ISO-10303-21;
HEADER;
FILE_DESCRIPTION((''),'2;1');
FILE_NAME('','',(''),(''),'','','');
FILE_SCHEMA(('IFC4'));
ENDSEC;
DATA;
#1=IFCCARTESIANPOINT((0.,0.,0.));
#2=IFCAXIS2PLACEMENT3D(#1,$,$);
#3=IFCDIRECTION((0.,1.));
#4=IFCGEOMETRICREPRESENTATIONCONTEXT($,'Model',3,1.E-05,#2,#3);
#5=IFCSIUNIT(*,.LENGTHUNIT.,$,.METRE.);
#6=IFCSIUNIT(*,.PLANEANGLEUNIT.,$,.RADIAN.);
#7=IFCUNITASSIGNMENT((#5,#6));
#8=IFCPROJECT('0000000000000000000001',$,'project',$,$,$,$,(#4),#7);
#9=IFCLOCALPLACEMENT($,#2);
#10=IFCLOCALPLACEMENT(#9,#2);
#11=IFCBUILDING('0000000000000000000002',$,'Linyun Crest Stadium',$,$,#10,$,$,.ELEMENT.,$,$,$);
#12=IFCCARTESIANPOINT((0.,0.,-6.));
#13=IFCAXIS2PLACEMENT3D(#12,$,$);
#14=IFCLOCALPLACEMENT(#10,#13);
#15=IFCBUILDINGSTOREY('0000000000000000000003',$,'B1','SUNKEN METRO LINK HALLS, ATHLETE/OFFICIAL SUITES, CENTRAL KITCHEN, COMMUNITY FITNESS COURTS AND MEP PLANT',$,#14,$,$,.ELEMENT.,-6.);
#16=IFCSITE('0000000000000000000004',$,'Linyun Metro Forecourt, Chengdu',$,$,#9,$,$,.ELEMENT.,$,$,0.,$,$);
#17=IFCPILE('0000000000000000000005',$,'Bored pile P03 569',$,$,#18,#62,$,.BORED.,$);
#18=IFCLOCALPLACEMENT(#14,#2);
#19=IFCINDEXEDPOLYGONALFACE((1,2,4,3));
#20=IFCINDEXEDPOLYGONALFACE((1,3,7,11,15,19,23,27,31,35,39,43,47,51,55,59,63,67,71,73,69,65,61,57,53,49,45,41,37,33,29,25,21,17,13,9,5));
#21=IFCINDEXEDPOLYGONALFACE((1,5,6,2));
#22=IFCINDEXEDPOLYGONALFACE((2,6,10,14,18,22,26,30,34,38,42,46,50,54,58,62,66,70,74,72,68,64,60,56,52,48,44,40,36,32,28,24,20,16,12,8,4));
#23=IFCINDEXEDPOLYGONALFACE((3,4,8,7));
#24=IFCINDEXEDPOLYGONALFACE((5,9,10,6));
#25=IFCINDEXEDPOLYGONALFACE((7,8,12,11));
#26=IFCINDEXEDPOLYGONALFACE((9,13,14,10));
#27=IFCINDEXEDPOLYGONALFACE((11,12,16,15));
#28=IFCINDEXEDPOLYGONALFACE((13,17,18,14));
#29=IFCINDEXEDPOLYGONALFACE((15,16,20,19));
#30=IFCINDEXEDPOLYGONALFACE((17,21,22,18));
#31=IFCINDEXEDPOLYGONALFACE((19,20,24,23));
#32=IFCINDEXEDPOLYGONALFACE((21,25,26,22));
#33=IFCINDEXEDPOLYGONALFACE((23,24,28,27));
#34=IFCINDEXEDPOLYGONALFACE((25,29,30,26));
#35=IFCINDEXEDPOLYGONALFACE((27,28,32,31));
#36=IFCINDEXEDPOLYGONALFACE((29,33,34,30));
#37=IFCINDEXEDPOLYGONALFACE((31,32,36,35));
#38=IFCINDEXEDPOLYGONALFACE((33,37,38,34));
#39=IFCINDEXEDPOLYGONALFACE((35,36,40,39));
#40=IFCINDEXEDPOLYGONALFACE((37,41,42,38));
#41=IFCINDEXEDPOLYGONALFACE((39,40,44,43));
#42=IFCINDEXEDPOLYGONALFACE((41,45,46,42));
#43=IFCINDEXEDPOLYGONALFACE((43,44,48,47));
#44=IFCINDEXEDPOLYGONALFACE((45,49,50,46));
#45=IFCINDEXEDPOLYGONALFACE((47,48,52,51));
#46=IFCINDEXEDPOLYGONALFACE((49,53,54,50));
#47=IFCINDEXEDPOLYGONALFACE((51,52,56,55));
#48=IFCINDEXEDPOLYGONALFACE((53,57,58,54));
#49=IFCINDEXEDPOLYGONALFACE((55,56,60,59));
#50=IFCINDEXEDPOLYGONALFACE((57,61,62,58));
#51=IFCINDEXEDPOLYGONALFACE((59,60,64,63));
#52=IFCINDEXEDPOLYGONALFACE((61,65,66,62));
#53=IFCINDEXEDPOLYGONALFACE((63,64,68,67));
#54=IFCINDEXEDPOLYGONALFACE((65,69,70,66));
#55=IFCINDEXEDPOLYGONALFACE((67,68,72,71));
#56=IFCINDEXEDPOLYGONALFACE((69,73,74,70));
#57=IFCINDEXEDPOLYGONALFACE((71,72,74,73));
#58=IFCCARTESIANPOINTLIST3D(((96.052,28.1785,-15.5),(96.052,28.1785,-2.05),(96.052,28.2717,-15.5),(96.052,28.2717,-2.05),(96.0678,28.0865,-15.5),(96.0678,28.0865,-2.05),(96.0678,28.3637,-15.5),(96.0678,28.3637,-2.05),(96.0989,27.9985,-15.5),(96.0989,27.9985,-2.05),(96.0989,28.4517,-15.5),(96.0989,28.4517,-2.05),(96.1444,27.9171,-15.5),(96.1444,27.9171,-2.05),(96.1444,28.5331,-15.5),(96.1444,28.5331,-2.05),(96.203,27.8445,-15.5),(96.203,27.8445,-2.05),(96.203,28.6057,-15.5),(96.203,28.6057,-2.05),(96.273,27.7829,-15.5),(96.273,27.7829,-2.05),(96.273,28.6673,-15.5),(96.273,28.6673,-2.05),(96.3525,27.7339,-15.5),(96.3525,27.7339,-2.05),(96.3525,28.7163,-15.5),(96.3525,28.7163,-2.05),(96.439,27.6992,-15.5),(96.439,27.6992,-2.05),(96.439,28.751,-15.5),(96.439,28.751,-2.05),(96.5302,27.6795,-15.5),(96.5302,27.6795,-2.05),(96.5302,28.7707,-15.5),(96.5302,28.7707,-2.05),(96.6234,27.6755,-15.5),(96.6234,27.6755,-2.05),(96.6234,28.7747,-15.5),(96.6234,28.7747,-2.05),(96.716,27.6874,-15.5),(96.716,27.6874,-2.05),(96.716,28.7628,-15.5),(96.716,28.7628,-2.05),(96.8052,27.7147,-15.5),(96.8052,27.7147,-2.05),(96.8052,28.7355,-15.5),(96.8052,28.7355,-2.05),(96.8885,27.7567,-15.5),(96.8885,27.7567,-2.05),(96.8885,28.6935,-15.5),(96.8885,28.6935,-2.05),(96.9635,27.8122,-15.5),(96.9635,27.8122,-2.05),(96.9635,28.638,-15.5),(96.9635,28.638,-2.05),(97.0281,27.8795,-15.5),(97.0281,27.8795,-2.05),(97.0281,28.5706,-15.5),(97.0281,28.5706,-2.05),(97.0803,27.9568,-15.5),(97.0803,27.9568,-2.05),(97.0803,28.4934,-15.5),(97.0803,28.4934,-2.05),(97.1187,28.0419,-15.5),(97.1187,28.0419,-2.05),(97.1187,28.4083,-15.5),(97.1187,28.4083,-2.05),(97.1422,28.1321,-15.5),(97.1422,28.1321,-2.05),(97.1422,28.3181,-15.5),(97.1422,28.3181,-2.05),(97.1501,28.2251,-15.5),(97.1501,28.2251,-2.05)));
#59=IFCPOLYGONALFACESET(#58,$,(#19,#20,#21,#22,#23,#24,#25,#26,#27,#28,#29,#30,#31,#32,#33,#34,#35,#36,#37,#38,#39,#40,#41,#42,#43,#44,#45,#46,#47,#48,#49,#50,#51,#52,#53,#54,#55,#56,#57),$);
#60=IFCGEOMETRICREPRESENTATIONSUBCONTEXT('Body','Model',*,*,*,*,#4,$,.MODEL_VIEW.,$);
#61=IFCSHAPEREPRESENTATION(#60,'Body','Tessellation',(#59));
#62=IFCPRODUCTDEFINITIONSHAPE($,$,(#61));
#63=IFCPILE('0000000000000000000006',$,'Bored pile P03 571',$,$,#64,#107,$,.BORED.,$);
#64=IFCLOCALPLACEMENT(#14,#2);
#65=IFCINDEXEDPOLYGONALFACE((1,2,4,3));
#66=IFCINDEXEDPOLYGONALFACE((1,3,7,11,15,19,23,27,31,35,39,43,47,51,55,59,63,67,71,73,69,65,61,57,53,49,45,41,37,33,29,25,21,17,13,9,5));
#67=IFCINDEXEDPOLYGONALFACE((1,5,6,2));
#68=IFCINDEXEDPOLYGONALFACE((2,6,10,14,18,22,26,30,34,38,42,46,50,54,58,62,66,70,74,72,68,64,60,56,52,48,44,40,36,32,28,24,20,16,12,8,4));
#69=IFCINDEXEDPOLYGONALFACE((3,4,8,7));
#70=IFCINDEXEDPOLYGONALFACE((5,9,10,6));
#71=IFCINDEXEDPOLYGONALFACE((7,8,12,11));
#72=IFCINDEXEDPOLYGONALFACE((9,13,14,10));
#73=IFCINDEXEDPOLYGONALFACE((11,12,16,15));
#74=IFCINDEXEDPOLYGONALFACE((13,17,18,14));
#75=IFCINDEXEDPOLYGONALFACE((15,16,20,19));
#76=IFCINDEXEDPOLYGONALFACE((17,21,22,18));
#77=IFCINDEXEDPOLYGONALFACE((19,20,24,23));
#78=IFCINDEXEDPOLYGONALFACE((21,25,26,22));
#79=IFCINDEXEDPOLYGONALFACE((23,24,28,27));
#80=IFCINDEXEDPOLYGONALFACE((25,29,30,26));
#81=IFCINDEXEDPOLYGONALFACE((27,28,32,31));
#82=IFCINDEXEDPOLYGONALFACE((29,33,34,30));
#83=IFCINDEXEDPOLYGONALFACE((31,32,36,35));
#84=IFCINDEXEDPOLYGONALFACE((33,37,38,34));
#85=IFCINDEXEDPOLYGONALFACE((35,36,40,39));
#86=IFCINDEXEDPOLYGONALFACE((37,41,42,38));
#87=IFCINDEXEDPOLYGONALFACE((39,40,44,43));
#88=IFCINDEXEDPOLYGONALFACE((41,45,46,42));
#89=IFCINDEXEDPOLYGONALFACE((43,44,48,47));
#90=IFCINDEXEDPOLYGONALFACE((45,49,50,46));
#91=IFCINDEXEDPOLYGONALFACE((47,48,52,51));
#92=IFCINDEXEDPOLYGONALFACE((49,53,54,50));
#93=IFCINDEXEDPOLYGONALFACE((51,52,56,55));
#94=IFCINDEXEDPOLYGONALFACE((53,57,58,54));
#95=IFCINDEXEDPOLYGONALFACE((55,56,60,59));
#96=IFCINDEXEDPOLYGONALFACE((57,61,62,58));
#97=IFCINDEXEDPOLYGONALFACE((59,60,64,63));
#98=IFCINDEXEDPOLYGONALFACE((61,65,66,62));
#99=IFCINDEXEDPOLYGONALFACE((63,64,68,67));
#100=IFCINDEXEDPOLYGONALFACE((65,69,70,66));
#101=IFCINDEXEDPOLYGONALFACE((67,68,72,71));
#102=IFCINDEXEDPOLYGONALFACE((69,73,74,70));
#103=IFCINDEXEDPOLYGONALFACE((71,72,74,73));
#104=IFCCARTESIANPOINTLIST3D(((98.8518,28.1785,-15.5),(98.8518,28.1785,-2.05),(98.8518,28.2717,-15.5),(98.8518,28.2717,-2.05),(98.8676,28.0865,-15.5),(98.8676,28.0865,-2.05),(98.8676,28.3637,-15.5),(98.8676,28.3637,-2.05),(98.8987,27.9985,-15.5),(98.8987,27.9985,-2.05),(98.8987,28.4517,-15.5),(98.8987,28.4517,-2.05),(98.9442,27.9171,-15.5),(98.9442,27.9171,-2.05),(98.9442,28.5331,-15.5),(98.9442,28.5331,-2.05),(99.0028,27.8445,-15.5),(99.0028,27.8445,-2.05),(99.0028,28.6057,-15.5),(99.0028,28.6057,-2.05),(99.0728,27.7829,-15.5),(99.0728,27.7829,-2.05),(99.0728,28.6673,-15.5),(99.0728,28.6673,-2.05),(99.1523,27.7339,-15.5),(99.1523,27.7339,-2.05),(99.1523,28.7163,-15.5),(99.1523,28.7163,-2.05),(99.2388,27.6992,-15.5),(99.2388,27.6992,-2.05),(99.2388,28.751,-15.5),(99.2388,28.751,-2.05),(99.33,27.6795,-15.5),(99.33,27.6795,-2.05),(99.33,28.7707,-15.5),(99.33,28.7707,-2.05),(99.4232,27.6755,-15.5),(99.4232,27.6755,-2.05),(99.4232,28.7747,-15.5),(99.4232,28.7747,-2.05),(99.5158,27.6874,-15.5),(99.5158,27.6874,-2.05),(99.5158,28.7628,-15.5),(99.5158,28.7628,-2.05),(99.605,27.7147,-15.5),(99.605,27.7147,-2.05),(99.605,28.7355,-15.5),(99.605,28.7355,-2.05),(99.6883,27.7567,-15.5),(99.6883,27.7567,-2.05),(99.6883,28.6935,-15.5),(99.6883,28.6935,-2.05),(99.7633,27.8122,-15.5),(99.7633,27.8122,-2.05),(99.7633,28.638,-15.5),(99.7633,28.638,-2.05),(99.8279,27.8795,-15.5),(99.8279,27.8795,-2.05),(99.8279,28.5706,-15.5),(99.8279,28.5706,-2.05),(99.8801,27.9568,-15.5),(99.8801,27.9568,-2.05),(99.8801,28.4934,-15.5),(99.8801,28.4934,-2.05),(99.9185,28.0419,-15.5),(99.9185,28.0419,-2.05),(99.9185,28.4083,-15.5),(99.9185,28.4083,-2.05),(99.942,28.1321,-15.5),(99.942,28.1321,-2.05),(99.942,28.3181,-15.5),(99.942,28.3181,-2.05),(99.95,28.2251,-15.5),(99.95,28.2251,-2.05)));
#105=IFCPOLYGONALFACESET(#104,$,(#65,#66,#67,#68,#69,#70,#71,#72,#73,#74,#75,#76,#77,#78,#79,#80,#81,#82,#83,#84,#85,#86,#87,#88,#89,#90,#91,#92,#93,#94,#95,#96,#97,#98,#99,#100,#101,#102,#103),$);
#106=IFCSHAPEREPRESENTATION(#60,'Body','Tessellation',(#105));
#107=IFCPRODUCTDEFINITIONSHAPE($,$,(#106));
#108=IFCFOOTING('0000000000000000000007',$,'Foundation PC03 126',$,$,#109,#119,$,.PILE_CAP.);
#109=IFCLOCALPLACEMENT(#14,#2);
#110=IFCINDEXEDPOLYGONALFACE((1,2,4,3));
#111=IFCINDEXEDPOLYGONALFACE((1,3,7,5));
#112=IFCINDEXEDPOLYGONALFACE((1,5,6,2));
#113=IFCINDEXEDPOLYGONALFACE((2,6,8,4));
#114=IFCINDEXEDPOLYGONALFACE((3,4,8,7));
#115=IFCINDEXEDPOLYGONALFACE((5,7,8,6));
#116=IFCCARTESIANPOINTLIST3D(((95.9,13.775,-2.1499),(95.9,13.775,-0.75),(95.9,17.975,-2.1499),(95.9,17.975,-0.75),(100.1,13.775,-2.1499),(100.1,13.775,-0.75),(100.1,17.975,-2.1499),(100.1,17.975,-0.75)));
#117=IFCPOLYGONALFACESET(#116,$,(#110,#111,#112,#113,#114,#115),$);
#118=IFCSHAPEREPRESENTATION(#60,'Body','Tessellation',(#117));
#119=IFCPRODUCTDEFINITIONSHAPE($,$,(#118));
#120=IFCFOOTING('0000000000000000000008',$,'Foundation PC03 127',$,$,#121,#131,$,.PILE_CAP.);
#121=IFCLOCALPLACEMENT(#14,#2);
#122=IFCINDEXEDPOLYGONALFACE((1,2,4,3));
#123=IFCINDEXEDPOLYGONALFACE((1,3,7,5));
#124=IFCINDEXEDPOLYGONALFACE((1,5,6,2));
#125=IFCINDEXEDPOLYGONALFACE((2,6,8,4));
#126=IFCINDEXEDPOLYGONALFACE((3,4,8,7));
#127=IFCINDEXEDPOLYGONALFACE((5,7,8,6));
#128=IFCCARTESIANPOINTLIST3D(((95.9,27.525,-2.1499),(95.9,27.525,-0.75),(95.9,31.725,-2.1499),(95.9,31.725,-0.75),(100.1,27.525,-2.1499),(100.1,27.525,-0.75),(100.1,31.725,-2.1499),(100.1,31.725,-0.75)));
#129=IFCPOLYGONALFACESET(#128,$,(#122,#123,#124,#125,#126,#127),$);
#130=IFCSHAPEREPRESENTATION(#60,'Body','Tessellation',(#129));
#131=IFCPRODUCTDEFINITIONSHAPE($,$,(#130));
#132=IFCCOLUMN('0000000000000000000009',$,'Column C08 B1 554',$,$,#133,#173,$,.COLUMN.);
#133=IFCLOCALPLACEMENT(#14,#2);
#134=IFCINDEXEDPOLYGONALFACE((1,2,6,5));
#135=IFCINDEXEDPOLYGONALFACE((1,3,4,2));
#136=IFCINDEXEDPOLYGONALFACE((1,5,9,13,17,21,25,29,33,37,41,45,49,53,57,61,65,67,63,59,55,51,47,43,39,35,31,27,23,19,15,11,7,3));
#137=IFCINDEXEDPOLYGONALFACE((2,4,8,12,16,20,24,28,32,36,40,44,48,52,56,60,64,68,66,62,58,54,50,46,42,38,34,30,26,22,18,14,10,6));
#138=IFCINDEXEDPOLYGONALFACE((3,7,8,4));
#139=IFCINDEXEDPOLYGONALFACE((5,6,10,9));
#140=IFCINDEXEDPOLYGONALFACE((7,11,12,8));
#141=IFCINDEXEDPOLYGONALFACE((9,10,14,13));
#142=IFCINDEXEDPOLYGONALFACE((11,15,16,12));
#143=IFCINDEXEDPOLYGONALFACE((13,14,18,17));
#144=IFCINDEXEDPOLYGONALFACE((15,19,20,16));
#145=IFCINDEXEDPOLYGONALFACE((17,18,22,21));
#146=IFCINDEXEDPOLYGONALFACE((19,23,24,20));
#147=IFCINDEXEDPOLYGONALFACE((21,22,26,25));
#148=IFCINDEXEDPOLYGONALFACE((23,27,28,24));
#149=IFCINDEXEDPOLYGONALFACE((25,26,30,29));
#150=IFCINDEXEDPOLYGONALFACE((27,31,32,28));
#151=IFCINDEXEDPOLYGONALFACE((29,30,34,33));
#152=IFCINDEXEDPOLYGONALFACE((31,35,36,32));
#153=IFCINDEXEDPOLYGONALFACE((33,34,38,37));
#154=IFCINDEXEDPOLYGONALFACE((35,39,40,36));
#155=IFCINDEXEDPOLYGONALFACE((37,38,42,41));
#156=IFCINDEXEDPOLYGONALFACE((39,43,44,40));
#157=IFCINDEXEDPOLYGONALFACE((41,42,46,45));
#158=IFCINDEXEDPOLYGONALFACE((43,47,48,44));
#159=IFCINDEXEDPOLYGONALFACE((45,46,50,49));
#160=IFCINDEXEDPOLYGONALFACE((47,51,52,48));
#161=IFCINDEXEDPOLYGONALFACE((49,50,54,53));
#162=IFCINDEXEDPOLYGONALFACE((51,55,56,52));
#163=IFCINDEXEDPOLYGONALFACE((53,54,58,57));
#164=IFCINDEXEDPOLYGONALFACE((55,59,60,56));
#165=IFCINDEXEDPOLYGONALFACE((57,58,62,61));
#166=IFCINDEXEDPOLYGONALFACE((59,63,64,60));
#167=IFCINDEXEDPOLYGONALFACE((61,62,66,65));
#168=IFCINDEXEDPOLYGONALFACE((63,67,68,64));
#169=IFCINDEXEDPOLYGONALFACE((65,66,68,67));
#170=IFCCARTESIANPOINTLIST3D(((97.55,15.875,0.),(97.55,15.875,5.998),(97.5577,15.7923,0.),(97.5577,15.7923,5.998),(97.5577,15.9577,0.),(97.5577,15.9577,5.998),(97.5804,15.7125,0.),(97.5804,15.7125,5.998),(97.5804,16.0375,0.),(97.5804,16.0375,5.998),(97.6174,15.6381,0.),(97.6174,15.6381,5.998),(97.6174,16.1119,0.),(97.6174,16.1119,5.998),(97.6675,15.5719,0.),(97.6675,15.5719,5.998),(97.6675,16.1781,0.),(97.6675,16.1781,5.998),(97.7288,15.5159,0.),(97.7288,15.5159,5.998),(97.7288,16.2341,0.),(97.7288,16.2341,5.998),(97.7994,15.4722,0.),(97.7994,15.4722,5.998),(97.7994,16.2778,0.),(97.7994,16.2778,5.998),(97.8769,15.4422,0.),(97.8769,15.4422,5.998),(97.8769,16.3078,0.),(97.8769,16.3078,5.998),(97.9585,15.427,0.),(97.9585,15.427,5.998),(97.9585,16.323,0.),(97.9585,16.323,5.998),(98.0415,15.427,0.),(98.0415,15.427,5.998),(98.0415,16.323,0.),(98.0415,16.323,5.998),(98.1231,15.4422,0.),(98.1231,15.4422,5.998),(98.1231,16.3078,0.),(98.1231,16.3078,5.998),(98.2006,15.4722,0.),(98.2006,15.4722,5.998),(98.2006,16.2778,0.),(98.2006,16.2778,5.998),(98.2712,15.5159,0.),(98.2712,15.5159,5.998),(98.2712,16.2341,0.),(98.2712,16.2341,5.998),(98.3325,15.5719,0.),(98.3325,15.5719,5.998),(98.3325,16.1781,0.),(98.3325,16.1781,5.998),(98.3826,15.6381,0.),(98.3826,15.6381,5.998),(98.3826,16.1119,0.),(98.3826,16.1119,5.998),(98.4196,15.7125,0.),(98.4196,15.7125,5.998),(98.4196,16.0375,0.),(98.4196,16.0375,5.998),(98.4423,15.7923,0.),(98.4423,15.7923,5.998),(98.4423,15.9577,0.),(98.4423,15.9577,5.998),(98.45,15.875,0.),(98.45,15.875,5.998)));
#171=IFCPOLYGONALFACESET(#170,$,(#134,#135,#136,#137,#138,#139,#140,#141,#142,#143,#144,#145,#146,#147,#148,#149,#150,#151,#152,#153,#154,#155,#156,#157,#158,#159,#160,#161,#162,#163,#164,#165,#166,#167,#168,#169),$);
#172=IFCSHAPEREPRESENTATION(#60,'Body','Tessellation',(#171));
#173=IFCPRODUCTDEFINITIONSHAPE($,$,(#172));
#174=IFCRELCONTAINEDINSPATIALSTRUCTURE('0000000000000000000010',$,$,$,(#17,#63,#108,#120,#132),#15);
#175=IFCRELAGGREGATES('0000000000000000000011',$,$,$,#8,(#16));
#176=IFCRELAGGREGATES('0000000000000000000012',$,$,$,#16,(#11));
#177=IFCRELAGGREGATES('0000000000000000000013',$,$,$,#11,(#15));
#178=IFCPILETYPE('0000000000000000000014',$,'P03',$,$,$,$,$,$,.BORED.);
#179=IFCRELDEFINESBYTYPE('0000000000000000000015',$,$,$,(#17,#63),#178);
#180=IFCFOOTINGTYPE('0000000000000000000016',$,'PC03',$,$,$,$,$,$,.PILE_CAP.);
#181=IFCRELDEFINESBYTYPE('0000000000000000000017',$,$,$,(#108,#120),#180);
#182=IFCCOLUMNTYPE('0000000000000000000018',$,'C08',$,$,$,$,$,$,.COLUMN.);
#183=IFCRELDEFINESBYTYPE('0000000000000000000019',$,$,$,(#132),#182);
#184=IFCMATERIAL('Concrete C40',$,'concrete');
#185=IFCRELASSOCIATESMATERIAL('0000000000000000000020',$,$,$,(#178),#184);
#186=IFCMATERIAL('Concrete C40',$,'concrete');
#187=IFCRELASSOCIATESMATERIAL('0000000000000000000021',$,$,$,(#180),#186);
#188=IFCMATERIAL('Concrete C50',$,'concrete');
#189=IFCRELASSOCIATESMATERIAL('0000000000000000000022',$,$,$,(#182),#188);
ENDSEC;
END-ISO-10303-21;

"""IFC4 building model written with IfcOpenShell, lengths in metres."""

from ifc_helpers import new_model, si_unit, direction, frame, origin, origin_2d, place, context, subcontext, project, spatial, rectangle, circle, extrude, material, material_profile, profile_set, type_object, element, save


model = new_model("IFC4")

# Units and contexts
model_context = context("Model", 3, precision=1e-05, world=origin(), true_north=direction((0.0, 1.0)))
body_context = subcontext(model_context, "Body", "Model", "MODEL_VIEW")
ifc_project = project(units=[si_unit("LENGTHUNIT", "METRE"), si_unit("PLANEANGLEUNIT", "RADIAN")], contexts=[model_context])

# Site, building, storey
site_placement = place(None, origin())
site = spatial("IfcSite", under=ifc_project, at=site_placement, Name="Linyun Metro Forecourt, Chengdu", CompositionType="ELEMENT", RefElevation=0.0)
building_placement = place(site_placement, origin())
building = spatial("IfcBuilding", under=site, at=building_placement, Name="Linyun Crest Stadium", CompositionType="ELEMENT")
storey_placement = place(building_placement, frame((0.0, 0.0, -6.0)))
storey = spatial("IfcBuildingStorey", under=building, at=storey_placement, Name="B1", Description="SUNKEN METRO LINK HALLS, ATHLETE/OFFICIAL SUITES, CENTRAL KITCHEN, COMMUNITY FITNESS COURTS AND MEP PLANT", CompositionType="ELEMENT", Elevation=-6.0)

# Piles
ifc_material_1 = material(Name="Concrete C40", Category="concrete")
ifc_material_profile_1 = material_profile(ifc_material_1, circle(Radius=0.55, at=origin_2d()), Name="BORED PILE 1100")
ifc_profile_set_1 = profile_set([ifc_material_profile_1], Name="Concrete C40")
pile_type = type_object("IfcPileType", Name="P03", PredefinedType="BORED", material=ifc_profile_set_1)
for number, where, z_axis, x_axis, name in (
    (1, (96.6001, 28.2251, -2.05), (0.0, 0.0, -1.0), (1.0, 0.0, 0.0), "Bored pile P03 569"),
    (2, (99.3999, 28.2251, -2.05), (0.0, 0.0, -1.0), (1.0, 0.0, 0.0), "Bored pile P03 571"),
):
    element("IfcPile", number, at=place(storey_placement, frame(where, z_axis=z_axis, x_axis=x_axis)), inside=storey, type_object=pile_type, Name=name, PredefinedType="BORED", context=body_context, shape_type="SweptSolid", body=[
        extrude(circle(Radius=0.55, at=origin_2d()), origin(), (0.0, 0.0, 1.0), 13.45),
    ])

# Footings
ifc_material_2 = material(Name="Concrete C40", Category="concrete")
footing_type = type_object("IfcFootingType", Name="PC03", PredefinedType="PILE_CAP", material=ifc_material_2)
for number, where, z_axis, x_axis, name in (
    (3, (98.0, 15.875, -2.1499), (0.0, 0.0, 1.0), (1.0, 0.0, 0.0), "Foundation PC03 126"),
    (4, (98.0, 29.625, -2.1499), (0.0, 0.0, 1.0), (1.0, 0.0, 0.0), "Foundation PC03 127"),
):
    element("IfcFooting", number, at=place(storey_placement, frame(where, z_axis=z_axis, x_axis=x_axis)), inside=storey, type_object=footing_type, Name=name, PredefinedType="PILE_CAP", context=body_context, shape_type="SweptSolid", body=[
        extrude(rectangle(XDim=4.2, YDim=4.2, at=origin_2d()), origin(), (0.0, 0.0, 1.0), 1.3999),
    ])

# Column
ifc_material_3 = material(Name="Concrete C50", Category="concrete")
ifc_material_profile_2 = material_profile(ifc_material_3, circle(Radius=0.45, at=origin_2d()), Name="RC D900")
ifc_profile_set_2 = profile_set([ifc_material_profile_2], Name="Concrete C50")
column_type = type_object("IfcColumnType", Name="C08", PredefinedType="COLUMN", material=ifc_profile_set_2)
for number, where, z_axis, x_axis, name in (
    (5, (98.0, 15.875, 0.0), (0.0, 0.0, 1.0), (1.0, 0.0, 0.0), "Column C08 B1 554"),
):
    element("IfcColumn", number, at=place(storey_placement, frame(where, z_axis=z_axis, x_axis=x_axis)), inside=storey, type_object=column_type, Name=name, PredefinedType="COLUMN", context=body_context, shape_type="SweptSolid", body=[
        extrude(circle(Radius=0.45, at=origin_2d()), origin(), (0.0, 0.0, 1.0), 5.998),
    ])

save(model, "model.ifc")
